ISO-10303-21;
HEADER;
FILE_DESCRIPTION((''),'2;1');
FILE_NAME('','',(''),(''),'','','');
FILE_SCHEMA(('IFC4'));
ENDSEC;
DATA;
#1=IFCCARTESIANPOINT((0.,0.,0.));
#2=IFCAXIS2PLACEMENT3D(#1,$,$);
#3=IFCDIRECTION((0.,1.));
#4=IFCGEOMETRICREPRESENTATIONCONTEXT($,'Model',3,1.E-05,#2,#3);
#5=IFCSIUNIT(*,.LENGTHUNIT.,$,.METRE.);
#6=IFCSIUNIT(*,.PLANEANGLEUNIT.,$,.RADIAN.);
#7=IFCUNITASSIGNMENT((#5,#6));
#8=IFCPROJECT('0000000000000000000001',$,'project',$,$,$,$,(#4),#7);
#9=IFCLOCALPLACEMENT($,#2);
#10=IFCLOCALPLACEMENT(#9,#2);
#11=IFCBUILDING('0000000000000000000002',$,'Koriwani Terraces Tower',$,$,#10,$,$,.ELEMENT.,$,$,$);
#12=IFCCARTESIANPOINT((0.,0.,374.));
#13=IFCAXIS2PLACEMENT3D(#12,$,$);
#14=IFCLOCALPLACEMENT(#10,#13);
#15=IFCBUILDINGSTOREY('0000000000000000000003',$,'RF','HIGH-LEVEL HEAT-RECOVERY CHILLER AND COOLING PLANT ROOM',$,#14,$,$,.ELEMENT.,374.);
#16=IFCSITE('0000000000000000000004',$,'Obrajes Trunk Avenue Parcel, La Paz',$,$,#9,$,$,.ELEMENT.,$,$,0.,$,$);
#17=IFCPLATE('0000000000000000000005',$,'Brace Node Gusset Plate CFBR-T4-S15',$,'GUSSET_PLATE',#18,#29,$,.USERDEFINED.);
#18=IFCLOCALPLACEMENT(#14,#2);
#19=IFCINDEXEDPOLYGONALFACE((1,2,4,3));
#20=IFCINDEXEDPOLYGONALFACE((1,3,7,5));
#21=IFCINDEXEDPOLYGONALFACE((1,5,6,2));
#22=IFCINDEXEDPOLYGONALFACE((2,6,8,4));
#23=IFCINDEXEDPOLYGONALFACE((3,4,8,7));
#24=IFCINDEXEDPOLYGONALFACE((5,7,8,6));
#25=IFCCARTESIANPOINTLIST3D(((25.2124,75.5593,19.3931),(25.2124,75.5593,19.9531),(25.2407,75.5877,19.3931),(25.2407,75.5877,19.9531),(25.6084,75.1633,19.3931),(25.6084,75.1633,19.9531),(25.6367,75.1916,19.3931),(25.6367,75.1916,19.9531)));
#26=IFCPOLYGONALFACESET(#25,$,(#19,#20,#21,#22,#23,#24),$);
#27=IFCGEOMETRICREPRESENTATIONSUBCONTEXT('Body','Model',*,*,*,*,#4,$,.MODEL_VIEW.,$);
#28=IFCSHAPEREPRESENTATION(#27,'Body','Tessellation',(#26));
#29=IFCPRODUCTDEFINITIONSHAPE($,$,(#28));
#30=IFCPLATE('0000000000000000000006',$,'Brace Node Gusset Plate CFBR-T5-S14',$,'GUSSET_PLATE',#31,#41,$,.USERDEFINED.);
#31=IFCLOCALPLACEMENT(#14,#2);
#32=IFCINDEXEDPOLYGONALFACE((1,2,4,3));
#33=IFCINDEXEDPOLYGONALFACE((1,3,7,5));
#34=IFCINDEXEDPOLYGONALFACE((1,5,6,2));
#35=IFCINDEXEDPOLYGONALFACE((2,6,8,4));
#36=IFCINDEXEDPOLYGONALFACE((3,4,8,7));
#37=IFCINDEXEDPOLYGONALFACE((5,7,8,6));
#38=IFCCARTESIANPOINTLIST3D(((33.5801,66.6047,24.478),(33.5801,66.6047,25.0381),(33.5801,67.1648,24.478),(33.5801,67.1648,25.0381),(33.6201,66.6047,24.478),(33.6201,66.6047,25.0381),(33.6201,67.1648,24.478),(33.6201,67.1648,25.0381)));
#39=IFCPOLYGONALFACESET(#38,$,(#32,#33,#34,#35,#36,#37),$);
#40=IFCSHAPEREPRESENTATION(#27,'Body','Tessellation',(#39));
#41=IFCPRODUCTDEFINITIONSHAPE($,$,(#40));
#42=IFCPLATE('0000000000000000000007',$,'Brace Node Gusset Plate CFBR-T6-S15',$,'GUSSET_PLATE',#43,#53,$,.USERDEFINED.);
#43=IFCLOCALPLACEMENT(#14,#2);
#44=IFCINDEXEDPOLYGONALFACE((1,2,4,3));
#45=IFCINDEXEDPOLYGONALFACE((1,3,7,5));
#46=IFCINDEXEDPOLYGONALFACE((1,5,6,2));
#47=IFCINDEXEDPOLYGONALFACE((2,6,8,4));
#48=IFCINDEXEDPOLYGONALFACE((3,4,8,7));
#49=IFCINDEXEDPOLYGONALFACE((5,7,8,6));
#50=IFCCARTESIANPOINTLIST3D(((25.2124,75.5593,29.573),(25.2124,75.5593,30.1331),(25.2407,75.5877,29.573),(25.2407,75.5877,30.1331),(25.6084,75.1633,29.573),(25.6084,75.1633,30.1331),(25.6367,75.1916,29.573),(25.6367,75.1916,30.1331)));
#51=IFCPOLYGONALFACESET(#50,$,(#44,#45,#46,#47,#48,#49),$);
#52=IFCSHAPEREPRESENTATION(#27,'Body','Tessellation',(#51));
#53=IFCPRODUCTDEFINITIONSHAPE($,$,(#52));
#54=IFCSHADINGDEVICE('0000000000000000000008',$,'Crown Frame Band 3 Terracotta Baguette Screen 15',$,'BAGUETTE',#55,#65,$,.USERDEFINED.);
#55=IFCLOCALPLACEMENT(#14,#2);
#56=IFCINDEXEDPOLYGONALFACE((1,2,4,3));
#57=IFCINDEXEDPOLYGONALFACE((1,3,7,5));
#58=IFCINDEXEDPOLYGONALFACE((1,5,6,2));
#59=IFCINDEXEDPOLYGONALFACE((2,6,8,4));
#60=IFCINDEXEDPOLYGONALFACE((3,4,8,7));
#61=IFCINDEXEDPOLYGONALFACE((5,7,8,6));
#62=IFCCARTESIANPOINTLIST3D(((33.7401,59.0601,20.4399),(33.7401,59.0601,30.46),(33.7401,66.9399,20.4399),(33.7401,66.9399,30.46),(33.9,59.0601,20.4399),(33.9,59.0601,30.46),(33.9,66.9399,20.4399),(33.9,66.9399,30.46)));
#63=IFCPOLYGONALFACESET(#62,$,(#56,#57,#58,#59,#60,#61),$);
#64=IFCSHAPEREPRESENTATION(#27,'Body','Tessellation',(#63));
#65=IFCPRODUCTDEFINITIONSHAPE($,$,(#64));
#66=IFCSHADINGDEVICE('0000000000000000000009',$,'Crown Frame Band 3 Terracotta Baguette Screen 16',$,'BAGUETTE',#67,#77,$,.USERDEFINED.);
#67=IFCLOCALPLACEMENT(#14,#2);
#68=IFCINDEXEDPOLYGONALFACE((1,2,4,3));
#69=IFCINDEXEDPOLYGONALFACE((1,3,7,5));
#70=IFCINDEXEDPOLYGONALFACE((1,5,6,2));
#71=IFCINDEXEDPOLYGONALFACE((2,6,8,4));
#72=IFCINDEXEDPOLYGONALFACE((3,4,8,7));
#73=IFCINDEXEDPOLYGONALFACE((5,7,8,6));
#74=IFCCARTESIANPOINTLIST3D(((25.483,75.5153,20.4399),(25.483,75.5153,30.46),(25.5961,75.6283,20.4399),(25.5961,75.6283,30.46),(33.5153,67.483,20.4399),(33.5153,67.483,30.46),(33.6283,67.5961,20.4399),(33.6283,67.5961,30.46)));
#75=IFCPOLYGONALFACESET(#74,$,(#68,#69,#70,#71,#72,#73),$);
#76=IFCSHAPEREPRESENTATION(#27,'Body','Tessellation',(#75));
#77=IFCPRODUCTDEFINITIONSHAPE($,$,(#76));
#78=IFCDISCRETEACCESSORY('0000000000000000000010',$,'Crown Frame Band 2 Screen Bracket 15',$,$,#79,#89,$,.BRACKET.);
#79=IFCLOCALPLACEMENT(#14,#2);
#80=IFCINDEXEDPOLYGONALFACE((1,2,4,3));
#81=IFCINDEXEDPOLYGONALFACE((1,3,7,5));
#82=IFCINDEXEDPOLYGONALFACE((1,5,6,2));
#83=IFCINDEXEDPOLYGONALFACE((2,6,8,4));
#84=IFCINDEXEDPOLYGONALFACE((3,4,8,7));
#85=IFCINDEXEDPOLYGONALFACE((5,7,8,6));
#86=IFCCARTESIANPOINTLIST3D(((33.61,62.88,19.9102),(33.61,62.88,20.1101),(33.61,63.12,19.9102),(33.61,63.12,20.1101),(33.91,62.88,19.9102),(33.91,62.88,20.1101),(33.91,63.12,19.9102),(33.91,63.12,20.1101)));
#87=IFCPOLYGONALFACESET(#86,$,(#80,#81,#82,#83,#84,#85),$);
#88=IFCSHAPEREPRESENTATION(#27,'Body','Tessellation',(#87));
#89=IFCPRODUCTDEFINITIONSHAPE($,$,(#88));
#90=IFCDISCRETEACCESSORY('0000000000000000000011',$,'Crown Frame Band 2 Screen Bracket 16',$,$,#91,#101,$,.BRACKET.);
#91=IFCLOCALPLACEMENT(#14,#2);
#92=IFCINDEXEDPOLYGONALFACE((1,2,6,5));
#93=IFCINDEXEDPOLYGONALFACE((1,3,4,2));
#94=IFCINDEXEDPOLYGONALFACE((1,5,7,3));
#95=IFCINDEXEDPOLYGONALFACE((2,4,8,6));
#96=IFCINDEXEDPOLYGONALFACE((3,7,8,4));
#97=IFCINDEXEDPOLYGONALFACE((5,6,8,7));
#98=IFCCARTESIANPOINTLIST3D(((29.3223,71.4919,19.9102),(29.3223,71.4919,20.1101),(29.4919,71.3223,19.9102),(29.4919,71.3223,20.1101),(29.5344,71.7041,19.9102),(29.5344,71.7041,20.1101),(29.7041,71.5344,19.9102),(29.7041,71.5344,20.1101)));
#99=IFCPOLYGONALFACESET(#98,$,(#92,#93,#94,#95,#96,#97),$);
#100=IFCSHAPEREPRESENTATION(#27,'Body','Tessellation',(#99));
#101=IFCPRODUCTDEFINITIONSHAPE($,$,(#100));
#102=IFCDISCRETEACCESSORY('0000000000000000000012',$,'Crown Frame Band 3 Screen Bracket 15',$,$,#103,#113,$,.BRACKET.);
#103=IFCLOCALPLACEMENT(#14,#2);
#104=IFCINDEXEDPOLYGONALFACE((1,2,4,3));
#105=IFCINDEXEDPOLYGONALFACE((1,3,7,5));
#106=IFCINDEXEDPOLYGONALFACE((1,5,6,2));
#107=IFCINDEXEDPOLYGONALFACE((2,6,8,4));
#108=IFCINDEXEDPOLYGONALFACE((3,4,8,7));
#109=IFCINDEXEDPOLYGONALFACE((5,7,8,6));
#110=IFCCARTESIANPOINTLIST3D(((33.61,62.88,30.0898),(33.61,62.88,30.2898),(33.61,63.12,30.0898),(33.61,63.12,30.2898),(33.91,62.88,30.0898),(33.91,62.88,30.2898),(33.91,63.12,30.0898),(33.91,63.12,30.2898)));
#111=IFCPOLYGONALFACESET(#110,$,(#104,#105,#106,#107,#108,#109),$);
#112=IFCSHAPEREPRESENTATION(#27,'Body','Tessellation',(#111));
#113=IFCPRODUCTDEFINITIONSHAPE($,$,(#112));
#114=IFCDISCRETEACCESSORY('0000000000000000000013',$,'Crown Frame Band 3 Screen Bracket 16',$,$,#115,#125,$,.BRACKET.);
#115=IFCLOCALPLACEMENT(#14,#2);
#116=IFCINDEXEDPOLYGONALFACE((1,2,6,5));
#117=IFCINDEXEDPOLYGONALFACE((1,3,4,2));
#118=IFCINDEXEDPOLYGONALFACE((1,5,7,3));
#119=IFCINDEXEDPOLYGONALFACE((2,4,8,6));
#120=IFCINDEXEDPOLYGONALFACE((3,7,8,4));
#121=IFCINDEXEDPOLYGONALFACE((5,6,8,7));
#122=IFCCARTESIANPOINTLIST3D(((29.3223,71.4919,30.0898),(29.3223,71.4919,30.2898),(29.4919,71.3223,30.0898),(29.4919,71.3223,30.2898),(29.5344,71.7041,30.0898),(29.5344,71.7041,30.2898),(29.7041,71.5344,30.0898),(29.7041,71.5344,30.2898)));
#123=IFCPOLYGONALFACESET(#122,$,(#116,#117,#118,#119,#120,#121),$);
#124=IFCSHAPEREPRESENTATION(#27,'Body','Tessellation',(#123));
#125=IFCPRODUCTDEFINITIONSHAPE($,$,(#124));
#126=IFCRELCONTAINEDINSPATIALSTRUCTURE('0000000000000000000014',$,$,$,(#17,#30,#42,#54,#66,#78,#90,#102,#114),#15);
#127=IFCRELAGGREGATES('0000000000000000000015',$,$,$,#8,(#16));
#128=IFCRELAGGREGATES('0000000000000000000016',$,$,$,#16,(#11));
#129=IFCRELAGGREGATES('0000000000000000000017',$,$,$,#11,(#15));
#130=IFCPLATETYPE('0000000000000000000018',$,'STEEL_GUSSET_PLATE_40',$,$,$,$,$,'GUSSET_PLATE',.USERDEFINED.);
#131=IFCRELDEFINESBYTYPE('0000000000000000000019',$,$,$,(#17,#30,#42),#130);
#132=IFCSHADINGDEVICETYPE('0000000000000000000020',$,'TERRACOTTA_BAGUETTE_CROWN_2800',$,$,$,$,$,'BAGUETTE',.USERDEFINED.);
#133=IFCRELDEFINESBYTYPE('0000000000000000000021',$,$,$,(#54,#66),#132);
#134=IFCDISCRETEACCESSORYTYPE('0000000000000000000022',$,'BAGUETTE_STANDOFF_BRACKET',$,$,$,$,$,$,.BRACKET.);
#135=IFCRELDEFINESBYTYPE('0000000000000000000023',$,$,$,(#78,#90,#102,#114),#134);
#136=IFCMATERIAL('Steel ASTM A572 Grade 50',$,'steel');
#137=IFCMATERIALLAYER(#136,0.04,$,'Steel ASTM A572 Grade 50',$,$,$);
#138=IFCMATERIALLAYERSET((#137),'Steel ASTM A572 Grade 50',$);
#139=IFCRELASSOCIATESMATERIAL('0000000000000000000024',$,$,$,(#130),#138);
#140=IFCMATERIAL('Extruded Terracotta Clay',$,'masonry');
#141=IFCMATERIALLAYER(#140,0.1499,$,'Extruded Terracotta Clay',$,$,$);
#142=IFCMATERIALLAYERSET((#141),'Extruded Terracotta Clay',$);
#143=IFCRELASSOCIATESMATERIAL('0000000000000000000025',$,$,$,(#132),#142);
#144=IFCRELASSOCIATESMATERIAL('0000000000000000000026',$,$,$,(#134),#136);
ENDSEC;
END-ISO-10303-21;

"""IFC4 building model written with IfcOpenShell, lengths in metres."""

from ifc_helpers import new_model, si_unit, direction, frame, origin, origin_2d, place, context, subcontext, project, spatial, rectangle, extrude, material, layer, layer_set, type_object, element, save


model = new_model("IFC4")

# Units and contexts
model_context = context("Model", 3, precision=1e-05, world=origin(), true_north=direction((0.0, 1.0)))
body_context = subcontext(model_context, "Body", "Model", "MODEL_VIEW")
ifc_project = project(units=[si_unit("LENGTHUNIT", "METRE"), si_unit("PLANEANGLEUNIT", "RADIAN")], contexts=[model_context])

# Site, building, storey
site_placement = place(None, origin())
site = spatial("IfcSite", under=ifc_project, at=site_placement, Name="Obrajes Trunk Avenue Parcel, La Paz", CompositionType="ELEMENT", RefElevation=0.0)
building_placement = place(site_placement, origin())
building = spatial("IfcBuilding", under=site, at=building_placement, Name="Koriwani Terraces Tower", CompositionType="ELEMENT")
storey_placement = place(building_placement, frame((0.0, 0.0, 374.0)))
storey = spatial("IfcBuildingStorey", under=building, at=storey_placement, Name="RF", Description="HIGH-LEVEL HEAT-RECOVERY CHILLER AND COOLING PLANT ROOM", CompositionType="ELEMENT", Elevation=374.0)

# Shared definitions
ifc_material_1 = material(Name="Steel ASTM A572 Grade 50", Category="steel")

# Plates
ifc_layer_1 = layer(ifc_material_1, 0.04, Name="Steel ASTM A572 Grade 50")
ifc_layer_set_1 = layer_set([ifc_layer_1], Name="Steel ASTM A572 Grade 50")
plate_type_1 = type_object("IfcPlateType", Name="STEEL_GUSSET_PLATE_40", ElementType="GUSSET_PLATE", PredefinedType="USERDEFINED", material=ifc_layer_set_1)
for number, where, z_axis, x_axis, name in (
    (1, (25.4246, 75.3755, 19.3931), (0.0, 0.0, 1.0), (-0.707107, 0.707107, 0.0), "Brace Node Gusset Plate CFBR-T4-S15"),
    (2, (33.6001, 66.8848, 24.478), (0.0, 0.0, 1.0), (0.0, 1.0, 0.0), "Brace Node Gusset Plate CFBR-T5-S14"),
    (3, (25.4246, 75.3755, 29.573), (0.0, 0.0, 1.0), (-0.707107, 0.707107, 0.0), "Brace Node Gusset Plate CFBR-T6-S15"),
):
    element("IfcPlate", number, at=place(storey_placement, frame(where, z_axis=z_axis, x_axis=x_axis)), inside=storey, type_object=plate_type_1, Name=name, ObjectType="GUSSET_PLATE", PredefinedType="USERDEFINED", context=body_context, shape_type="SweptSolid", body=[
        extrude(rectangle(XDim=0.5601, YDim=0.04, at=origin_2d()), origin(), (0.0, 0.0, 1.0), 0.5601),
    ])

# Shading devices
ifc_material_2 = material(Name="Extruded Terracotta Clay", Category="masonry")
ifc_layer_2 = layer(ifc_material_2, 0.1499, Name="Extruded Terracotta Clay")
ifc_layer_set_2 = layer_set([ifc_layer_2], Name="Extruded Terracotta Clay")
shading_device_type = type_object("IfcShadingDeviceType", Name="TERRACOTTA_BAGUETTE_CROWN_2800", ElementType="BAGUETTE", PredefinedType="USERDEFINED", material=ifc_layer_set_2)
shading_device_1_placement = place(storey_placement, frame((33.8201, 63.0, 20.4399), z_axis=(0.0, 0.0, 1.0), x_axis=(0.0, 1.0, 0.0)))
element("IfcShadingDevice", 4, at=shading_device_1_placement, inside=storey, type_object=shading_device_type, Name="Crown Frame Band 3 Terracotta Baguette Screen 15", ObjectType="BAGUETTE", PredefinedType="USERDEFINED", context=body_context, shape_type="SweptSolid", body=[
    extrude(rectangle(XDim=7.8799, YDim=0.1599, at=origin_2d()), origin(), (0.0, 0.0, 1.0), 10.02),
])
shading_device_2_placement = place(storey_placement, frame((29.5557, 71.5557, 20.4399), z_axis=(0.0, 0.0, 1.0), x_axis=(-0.707107, 0.707107, 0.0)))
element("IfcShadingDevice", 5, at=shading_device_2_placement, inside=storey, type_object=shading_device_type, Name="Crown Frame Band 3 Terracotta Baguette Screen 16", ObjectType="BAGUETTE", PredefinedType="USERDEFINED", context=body_context, shape_type="SweptSolid", body=[
    extrude(rectangle(XDim=11.3594, YDim=0.1599, at=origin_2d()), origin(), (0.0, 0.0, 1.0), 10.02),
])

# Discrete accessories
discrete_accessory_type = type_object("IfcDiscreteAccessoryType", Name="BAGUETTE_STANDOFF_BRACKET", PredefinedType="BRACKET", material=ifc_material_1)
for number, where, z_axis, x_axis, name in (
    (6, (33.76, 63.0, 19.9102), (0.0, 0.0, 1.0), (0.0, 1.0, 0.0), "Crown Frame Band 2 Screen Bracket 15"),
    (7, (29.5132, 71.5132, 19.9102), (0.0, 0.0, 1.0), (-0.707107, 0.707107, 0.0), "Crown Frame Band 2 Screen Bracket 16"),
    (8, (33.76, 63.0, 30.0898), (0.0, 0.0, 1.0), (0.0, 1.0, 0.0), "Crown Frame Band 3 Screen Bracket 15"),
    (9, (29.5132, 71.5132, 30.0898), (0.0, 0.0, 1.0), (-0.707107, 0.707107, 0.0), "Crown Frame Band 3 Screen Bracket 16"),
):
    element("IfcDiscreteAccessory", number, at=place(storey_placement, frame(where, z_axis=z_axis, x_axis=x_axis)), inside=storey, type_object=discrete_accessory_type, Name=name, PredefinedType="BRACKET", context=body_context, shape_type="SweptSolid", body=[
        extrude(rectangle(XDim=0.24, YDim=0.3, at=origin_2d()), origin(), (0.0, 0.0, 1.0), 0.2),
    ])

save(model, "model.ifc")
